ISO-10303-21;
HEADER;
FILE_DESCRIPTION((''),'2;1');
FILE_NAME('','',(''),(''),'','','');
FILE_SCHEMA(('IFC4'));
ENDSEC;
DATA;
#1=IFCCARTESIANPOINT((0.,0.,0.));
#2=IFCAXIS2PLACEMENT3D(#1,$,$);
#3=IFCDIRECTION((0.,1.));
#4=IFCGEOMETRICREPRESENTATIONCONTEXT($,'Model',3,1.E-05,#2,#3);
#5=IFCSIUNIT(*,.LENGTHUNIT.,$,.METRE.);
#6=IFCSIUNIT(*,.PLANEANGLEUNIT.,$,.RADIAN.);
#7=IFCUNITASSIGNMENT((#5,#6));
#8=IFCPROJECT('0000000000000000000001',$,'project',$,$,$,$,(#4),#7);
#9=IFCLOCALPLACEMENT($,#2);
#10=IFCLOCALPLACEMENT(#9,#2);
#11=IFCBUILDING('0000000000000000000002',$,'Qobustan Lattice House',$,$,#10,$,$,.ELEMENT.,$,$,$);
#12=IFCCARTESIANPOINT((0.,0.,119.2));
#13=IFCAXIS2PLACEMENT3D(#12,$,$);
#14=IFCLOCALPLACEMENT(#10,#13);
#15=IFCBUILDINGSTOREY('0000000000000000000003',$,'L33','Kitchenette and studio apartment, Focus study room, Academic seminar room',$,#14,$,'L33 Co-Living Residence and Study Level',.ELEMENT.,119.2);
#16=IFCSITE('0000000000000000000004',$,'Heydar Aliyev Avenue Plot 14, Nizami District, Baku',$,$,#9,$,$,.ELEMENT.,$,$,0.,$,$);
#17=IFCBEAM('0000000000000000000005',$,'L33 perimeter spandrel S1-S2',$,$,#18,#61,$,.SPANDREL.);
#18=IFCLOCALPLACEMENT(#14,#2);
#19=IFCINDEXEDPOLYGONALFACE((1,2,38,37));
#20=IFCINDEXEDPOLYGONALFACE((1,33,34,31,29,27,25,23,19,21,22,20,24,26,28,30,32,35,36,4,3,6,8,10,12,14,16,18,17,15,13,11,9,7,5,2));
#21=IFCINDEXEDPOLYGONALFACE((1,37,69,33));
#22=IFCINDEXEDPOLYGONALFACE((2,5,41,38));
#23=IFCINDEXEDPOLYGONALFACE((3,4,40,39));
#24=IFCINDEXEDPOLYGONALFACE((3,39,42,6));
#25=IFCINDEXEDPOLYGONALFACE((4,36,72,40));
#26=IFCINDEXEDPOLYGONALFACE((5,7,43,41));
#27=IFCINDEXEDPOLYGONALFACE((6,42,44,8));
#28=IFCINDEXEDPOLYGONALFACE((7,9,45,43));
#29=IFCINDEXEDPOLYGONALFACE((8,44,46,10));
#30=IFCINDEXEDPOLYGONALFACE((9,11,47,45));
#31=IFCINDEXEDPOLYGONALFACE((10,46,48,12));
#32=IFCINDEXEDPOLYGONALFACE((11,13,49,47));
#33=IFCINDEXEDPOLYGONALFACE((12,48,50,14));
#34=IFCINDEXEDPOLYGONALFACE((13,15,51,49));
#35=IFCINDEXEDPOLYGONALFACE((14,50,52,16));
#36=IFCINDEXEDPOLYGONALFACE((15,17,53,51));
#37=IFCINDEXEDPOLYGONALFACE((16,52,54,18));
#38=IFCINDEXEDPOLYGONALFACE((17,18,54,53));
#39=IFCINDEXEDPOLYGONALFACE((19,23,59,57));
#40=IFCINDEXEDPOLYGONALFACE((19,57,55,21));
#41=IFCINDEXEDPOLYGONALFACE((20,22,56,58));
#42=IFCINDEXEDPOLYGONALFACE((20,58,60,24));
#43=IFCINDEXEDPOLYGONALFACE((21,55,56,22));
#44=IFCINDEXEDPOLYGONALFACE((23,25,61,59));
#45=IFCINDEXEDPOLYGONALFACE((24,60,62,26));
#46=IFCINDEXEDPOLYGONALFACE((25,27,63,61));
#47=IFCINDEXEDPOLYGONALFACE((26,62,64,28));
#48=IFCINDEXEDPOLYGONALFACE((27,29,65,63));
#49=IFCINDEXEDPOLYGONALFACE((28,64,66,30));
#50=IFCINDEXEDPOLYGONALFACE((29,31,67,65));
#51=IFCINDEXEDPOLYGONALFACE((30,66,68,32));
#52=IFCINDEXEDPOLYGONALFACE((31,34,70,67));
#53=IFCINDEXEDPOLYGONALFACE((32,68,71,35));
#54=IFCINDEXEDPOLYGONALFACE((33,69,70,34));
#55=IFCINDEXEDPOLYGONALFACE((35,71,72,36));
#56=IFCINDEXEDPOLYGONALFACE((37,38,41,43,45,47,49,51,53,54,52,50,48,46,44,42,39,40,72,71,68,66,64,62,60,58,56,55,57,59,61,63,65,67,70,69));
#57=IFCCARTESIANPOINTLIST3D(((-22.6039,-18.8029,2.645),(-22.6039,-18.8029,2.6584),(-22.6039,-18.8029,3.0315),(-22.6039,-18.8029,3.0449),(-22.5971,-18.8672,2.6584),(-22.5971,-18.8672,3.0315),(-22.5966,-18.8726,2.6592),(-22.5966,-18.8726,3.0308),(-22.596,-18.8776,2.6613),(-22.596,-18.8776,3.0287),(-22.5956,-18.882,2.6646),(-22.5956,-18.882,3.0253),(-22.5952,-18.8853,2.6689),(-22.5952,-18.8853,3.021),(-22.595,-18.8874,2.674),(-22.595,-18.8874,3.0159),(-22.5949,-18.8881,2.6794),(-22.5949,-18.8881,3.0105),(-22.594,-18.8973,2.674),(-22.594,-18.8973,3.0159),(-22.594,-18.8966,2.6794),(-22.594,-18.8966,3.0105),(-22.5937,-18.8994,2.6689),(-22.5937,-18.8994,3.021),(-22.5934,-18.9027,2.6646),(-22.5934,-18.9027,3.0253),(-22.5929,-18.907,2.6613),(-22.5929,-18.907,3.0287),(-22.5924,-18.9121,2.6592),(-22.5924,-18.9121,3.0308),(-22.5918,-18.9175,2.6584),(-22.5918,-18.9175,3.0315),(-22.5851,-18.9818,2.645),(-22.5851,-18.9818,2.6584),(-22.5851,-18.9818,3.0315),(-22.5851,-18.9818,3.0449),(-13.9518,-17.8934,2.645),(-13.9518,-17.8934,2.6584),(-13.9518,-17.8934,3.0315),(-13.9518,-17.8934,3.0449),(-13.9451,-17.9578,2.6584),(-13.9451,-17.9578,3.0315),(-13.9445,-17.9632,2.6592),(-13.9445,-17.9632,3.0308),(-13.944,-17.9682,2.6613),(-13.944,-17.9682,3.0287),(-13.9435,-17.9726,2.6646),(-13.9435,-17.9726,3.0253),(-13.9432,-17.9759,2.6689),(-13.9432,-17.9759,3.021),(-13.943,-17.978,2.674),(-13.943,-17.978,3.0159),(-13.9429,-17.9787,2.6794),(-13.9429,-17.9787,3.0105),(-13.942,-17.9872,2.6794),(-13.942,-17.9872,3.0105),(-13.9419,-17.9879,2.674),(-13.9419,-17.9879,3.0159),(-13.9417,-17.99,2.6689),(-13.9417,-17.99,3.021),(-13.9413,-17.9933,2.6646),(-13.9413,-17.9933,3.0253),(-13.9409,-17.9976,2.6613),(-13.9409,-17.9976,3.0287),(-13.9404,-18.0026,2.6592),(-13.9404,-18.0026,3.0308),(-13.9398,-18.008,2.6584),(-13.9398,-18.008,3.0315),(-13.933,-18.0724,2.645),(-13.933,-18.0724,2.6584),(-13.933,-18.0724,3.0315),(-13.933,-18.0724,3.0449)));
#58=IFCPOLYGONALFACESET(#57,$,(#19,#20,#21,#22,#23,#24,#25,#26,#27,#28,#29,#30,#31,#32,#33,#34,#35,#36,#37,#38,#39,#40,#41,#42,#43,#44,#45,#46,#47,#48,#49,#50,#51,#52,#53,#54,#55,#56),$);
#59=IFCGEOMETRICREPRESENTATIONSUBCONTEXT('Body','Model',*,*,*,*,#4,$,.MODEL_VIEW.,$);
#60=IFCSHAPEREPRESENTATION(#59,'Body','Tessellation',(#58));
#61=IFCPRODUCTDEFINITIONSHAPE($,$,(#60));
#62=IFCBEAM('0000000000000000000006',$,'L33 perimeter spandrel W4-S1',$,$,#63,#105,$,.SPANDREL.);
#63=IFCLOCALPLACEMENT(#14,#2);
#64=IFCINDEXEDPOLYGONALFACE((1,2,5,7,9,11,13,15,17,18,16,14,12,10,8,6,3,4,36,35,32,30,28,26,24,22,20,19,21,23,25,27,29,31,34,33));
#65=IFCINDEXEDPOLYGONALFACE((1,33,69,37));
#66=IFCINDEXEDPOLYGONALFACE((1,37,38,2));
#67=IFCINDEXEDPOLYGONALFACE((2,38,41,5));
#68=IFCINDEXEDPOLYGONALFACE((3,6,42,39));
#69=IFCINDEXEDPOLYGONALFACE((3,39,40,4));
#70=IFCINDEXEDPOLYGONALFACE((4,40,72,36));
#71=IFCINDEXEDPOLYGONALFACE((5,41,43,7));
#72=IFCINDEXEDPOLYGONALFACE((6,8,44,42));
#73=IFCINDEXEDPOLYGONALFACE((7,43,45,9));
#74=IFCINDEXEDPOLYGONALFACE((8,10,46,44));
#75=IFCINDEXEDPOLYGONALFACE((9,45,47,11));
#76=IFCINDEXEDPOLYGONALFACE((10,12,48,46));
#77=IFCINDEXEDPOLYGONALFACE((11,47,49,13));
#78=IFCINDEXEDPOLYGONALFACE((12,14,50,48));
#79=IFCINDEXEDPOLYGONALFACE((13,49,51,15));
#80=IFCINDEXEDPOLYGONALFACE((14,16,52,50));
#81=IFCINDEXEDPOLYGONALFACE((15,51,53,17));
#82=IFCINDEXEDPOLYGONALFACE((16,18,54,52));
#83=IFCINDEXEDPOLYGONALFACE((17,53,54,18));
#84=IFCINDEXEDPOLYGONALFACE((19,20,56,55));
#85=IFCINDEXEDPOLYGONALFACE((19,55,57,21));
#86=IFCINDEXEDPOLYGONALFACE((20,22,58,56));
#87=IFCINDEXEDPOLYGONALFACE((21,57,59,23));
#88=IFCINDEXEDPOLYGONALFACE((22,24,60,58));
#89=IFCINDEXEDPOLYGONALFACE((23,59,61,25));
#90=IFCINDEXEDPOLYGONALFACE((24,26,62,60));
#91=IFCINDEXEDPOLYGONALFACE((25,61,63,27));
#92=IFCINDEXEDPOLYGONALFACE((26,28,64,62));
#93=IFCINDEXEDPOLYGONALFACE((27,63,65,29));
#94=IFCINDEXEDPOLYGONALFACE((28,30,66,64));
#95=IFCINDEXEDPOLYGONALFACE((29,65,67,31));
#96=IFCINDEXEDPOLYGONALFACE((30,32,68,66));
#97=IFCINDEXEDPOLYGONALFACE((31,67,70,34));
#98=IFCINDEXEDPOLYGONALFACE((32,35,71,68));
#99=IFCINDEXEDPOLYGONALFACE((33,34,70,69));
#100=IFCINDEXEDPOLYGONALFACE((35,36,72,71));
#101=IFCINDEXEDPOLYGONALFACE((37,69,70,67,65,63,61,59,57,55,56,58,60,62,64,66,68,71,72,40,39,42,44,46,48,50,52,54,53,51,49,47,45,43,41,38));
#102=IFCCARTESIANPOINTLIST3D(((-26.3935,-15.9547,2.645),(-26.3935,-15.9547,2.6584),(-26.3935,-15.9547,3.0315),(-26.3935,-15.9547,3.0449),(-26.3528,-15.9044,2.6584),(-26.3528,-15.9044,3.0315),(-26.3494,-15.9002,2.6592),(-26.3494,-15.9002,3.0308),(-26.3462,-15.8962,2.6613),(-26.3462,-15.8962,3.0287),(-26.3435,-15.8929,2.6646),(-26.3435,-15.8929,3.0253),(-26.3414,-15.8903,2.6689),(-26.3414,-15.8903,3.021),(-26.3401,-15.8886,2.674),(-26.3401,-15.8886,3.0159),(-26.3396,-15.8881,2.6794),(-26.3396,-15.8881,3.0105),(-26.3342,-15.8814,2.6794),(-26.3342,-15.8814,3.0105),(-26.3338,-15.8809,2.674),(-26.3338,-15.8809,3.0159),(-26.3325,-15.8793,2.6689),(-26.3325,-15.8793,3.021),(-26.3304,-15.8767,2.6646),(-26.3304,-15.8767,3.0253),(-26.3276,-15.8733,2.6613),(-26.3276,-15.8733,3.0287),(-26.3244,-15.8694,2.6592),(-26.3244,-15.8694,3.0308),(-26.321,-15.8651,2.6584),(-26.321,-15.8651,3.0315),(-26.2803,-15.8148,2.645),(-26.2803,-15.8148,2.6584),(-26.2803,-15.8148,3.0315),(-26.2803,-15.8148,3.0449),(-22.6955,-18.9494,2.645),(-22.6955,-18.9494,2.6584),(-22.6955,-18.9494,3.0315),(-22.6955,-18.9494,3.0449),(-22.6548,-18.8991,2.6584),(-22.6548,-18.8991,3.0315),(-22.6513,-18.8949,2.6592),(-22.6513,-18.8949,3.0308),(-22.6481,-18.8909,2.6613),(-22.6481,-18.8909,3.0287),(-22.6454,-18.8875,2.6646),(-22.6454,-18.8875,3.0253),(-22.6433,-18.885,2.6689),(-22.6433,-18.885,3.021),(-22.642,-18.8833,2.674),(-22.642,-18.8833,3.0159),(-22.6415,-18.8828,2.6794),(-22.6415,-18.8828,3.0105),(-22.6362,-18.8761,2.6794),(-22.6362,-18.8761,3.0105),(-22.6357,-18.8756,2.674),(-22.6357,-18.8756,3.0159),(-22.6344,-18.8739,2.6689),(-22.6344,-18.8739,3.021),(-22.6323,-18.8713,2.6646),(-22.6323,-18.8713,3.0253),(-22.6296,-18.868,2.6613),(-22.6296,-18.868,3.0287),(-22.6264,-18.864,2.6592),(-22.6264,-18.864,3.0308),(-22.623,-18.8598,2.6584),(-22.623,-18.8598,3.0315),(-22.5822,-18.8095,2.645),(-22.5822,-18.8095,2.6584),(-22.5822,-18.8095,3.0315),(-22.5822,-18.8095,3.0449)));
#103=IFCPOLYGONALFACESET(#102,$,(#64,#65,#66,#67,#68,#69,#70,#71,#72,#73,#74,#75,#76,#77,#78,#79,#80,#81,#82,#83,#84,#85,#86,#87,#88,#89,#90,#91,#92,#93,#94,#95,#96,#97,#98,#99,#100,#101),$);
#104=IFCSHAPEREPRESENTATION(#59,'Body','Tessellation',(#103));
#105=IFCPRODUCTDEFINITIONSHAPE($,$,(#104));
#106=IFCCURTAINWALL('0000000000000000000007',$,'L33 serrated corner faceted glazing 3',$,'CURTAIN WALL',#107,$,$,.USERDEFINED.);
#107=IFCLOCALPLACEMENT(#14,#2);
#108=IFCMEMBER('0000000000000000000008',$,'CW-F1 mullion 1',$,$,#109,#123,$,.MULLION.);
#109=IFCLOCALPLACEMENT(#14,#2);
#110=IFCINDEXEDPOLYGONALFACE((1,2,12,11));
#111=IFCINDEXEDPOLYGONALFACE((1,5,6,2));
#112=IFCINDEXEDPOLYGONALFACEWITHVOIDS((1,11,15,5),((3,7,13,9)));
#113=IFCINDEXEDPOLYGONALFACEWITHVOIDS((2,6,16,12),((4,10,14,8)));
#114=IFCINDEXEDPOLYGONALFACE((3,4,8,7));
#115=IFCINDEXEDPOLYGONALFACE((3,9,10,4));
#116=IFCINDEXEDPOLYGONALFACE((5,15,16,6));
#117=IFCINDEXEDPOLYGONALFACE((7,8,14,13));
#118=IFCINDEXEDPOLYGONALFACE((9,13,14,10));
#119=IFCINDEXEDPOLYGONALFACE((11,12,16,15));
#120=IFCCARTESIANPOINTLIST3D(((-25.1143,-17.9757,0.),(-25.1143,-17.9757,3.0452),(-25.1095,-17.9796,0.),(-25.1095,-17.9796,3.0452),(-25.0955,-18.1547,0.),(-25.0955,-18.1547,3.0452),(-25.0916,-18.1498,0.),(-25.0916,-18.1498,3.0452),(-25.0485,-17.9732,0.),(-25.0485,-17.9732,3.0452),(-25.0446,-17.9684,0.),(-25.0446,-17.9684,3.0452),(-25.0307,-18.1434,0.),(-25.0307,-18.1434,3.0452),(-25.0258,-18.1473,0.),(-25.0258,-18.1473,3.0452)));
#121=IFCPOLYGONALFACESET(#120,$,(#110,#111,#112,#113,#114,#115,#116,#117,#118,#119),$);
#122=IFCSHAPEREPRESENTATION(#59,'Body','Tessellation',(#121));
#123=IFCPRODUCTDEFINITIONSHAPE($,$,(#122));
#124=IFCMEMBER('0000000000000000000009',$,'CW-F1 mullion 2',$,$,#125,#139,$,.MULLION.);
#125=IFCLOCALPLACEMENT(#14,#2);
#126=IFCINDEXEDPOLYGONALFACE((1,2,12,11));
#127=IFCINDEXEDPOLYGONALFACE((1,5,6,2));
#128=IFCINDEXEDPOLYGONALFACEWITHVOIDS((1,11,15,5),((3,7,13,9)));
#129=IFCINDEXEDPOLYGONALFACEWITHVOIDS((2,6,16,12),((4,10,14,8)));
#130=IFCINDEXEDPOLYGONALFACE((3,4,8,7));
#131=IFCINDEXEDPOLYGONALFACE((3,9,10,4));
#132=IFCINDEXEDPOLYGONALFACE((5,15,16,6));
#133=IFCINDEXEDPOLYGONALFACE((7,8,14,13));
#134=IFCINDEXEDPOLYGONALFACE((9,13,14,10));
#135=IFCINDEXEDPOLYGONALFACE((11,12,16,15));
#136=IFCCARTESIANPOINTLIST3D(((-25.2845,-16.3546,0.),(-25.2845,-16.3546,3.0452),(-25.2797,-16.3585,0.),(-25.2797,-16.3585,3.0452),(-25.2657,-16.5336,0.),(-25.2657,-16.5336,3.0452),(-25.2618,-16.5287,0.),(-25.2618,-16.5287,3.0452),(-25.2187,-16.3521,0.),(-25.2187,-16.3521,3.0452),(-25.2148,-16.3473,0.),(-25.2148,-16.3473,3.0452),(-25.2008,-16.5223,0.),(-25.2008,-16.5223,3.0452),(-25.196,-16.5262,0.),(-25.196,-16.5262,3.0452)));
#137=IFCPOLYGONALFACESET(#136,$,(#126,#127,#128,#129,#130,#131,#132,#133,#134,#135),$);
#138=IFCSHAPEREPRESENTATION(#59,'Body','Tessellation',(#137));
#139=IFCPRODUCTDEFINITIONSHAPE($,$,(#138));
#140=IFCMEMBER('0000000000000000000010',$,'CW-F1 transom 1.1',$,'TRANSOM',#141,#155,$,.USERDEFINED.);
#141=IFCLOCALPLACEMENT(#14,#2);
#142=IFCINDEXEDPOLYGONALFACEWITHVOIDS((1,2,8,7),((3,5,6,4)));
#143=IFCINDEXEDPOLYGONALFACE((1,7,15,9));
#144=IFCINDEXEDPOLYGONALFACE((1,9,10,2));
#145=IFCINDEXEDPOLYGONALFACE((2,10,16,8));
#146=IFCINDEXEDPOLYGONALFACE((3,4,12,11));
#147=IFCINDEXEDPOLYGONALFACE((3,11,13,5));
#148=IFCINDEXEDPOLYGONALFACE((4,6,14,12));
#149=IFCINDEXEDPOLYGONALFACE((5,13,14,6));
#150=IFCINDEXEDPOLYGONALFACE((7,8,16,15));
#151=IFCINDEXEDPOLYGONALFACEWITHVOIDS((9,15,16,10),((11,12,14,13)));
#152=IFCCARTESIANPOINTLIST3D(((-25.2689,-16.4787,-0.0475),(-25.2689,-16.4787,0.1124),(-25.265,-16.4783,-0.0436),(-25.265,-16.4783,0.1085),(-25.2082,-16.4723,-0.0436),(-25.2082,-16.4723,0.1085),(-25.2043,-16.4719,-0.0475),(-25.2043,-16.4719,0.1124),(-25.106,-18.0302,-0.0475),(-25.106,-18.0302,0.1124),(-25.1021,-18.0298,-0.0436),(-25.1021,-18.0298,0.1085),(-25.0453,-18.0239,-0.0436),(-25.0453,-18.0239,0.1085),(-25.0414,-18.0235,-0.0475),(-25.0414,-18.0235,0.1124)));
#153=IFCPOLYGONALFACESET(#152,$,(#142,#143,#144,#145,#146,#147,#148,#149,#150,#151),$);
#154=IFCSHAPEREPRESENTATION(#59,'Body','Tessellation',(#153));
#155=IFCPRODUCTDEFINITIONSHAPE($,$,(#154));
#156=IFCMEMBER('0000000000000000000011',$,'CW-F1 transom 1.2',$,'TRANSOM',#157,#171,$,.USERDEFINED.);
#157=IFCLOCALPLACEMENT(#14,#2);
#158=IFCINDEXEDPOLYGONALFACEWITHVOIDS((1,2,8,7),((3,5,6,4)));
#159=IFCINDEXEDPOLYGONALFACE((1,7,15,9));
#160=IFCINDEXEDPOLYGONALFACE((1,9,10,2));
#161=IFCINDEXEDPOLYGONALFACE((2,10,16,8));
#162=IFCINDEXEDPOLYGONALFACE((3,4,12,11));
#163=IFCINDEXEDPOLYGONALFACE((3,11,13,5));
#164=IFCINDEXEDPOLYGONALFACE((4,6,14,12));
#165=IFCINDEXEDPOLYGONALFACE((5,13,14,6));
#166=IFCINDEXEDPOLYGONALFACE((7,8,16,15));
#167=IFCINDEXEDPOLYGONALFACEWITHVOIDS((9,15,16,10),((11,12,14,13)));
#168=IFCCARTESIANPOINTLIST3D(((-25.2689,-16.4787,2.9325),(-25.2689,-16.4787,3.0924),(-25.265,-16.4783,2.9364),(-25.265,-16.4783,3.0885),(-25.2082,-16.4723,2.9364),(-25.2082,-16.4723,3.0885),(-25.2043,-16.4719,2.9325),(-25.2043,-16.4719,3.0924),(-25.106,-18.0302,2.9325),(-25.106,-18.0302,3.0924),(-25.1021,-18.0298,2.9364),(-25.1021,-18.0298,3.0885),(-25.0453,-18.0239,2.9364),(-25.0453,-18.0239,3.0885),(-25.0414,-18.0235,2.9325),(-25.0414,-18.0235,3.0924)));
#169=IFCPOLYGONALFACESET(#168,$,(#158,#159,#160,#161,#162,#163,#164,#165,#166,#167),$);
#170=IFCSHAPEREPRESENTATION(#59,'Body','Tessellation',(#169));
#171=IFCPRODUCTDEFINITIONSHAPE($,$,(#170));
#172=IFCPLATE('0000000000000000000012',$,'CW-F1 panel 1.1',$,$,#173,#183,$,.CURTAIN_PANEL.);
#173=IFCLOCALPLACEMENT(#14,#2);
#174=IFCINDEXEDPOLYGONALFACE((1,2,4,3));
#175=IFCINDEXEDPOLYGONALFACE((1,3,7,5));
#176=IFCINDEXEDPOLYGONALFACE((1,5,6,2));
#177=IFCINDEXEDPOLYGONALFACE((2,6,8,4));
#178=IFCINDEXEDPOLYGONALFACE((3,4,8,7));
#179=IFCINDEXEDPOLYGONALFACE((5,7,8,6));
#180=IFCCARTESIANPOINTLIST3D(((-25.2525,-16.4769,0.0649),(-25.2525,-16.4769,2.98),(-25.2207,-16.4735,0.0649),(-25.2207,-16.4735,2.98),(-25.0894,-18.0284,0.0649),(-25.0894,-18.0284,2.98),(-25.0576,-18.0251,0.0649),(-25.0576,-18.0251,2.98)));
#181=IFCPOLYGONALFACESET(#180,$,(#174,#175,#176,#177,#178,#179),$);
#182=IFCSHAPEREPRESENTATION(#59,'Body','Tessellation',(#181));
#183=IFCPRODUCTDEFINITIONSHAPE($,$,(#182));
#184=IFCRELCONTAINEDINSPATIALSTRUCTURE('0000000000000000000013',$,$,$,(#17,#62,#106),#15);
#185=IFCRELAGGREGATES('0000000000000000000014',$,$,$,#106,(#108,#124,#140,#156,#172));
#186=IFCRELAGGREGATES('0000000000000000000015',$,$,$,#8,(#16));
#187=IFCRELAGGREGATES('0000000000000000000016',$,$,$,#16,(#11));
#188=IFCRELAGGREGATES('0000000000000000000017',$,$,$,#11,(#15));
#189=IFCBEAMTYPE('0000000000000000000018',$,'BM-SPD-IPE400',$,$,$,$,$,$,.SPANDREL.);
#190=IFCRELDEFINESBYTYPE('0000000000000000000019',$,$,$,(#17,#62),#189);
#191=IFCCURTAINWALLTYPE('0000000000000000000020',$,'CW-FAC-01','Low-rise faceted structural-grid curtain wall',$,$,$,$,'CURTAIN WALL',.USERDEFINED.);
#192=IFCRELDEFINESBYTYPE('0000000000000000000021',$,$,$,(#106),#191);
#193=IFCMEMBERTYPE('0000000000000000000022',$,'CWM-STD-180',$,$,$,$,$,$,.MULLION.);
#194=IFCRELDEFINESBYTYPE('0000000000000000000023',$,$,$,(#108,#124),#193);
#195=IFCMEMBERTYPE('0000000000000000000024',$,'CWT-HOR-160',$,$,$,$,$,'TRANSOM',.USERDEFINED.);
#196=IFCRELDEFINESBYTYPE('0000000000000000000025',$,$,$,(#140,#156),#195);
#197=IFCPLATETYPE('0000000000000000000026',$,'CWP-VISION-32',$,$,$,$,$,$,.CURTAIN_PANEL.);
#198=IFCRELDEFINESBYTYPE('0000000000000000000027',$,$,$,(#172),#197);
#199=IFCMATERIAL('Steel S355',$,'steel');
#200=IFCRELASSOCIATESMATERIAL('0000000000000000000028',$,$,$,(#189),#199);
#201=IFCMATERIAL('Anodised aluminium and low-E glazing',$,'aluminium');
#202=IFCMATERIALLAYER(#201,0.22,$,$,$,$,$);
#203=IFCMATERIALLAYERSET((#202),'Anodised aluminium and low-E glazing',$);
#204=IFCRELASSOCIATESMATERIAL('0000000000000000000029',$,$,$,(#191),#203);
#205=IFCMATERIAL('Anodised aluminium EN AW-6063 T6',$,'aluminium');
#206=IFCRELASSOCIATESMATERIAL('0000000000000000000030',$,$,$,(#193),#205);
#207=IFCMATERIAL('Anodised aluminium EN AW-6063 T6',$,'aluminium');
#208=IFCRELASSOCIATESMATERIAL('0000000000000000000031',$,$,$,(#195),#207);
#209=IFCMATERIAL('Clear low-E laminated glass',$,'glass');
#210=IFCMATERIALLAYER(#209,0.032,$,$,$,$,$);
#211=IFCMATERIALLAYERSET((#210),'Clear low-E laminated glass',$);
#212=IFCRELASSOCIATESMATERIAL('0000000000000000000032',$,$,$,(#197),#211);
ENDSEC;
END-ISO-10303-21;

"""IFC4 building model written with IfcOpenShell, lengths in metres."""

from ifc_helpers import new_model, si_unit, direction, frame, origin, origin_2d, place, context, subcontext, project, spatial, rectangle, hollow_rectangle, i_section, extrude, material, layer, layer_set, material_profile, profile_set, type_object, element, aggregate, save


model = new_model("IFC4")

# Units and contexts
model_context = context("Model", 3, precision=1e-05, world=origin(), true_north=direction((0.0, 1.0)))
body_context = subcontext(model_context, "Body", "Model", "MODEL_VIEW")
ifc_project = project(units=[si_unit("LENGTHUNIT", "METRE"), si_unit("PLANEANGLEUNIT", "RADIAN")], contexts=[model_context])

# Site, building, storey
site_placement = place(None, origin())
site = spatial("IfcSite", under=ifc_project, at=site_placement, Name="Heydar Aliyev Avenue Plot 14, Nizami District, Baku", CompositionType="ELEMENT", RefElevation=0.0)
building_placement = place(site_placement, origin())
building = spatial("IfcBuilding", under=site, at=building_placement, Name="Qobustan Lattice House", CompositionType="ELEMENT")
storey_placement = place(building_placement, frame((0.0, 0.0, 119.2)))
storey = spatial("IfcBuildingStorey", under=building, at=storey_placement, Name="L33", Description="Kitchenette and studio apartment, Focus study room, Academic seminar room", LongName="L33 Co-Living Residence and Study Level", CompositionType="ELEMENT", Elevation=119.2)

# Beams
ifc_material_1 = material(Name="Steel S355", Category="steel")
ifc_material_profile_1 = material_profile(ifc_material_1, i_section(OverallWidth=0.1799, OverallDepth=0.3999, WebThickness=0.0085, FlangeThickness=0.0134, FilletRadius=0.021, at=origin_2d()), Name="IPE400")
ifc_profile_set_1 = profile_set([ifc_material_profile_1], Name="Steel S355")
beam_type_1 = type_object("IfcBeamType", Name="BM-SPD-IPE400", PredefinedType="SPANDREL", material=ifc_profile_set_1)
beam_1_placement = place(storey_placement, frame((-22.5945, -18.8923, 2.845), z_axis=(0.994521, 0.104534, 0.0), x_axis=(-0.104534, 0.994521, 0.0)))
element("IfcBeam", 1, at=beam_1_placement, inside=storey, type_object=beam_type_1, Name="L33 perimeter spandrel S1-S2", PredefinedType="SPANDREL", context=body_context, shape_type="SweptSolid", body=[
    extrude(i_section(OverallWidth=0.1799, OverallDepth=0.3999, WebThickness=0.0085, FlangeThickness=0.0134, FilletRadius=0.021, at=origin_2d()), origin(), (0.0, 0.0, 1.0), 8.6997),
])
beam_2_placement = place(storey_placement, frame((-26.3369, -15.8848, 2.845), z_axis=(0.777141, -0.629327, 0.0), x_axis=(0.629327, 0.777141, 0.0)))
element("IfcBeam", 2, at=beam_2_placement, inside=storey, type_object=beam_type_1, Name="L33 perimeter spandrel W4-S1", PredefinedType="SPANDREL", context=body_context, shape_type="SweptSolid", body=[
    extrude(i_section(OverallWidth=0.1799, OverallDepth=0.3999, WebThickness=0.0085, FlangeThickness=0.0134, FilletRadius=0.021, at=origin_2d()), origin(), (0.0, 0.0, 1.0), 4.7585),
])

# Curtain wall, members, plate
ifc_material_2 = material(Name="Anodised aluminium and low-E glazing", Category="aluminium")
ifc_layer_1 = layer(ifc_material_2, 0.22)
ifc_layer_set_1 = layer_set([ifc_layer_1], Name="Anodised aluminium and low-E glazing")
curtain_wall_type = type_object("IfcCurtainWallType", Name="CW-FAC-01", Description="Low-rise faceted structural-grid curtain wall", ElementType="CURTAIN WALL", PredefinedType="USERDEFINED", material=ifc_layer_set_1)
curtain_wall_placement = place(storey_placement, origin())
curtain_wall = element("IfcCurtainWall", 3, at=curtain_wall_placement, inside=storey, type_object=curtain_wall_type, Name="L33 serrated corner faceted glazing 3", ObjectType="CURTAIN WALL", PredefinedType="USERDEFINED")
ifc_material_3 = material(Name="Anodised aluminium EN AW-6063 T6", Category="aluminium")
ifc_material_profile_2 = material_profile(ifc_material_3, hollow_rectangle(XDim=0.0701, YDim=0.1799, WallThickness=0.0044, at=origin_2d()), Name="CWM-180x70")
ifc_profile_set_2 = profile_set([ifc_material_profile_2], Name="Anodised aluminium EN AW-6063 T6")
member_type_1 = type_object("IfcMemberType", Name="CWM-STD-180", PredefinedType="MULLION", material=ifc_profile_set_2)
member_1_placement = place(storey_placement, frame((-25.0701, -18.0615, 0.0), z_axis=(0.0, 0.0, 1.0), x_axis=(-0.994522, -0.104529, 0.0)))
member_1 = element("IfcMember", 4, at=member_1_placement, type_object=member_type_1, Name="CW-F1 mullion 1", PredefinedType="MULLION", context=body_context, shape_type="SweptSolid", body=[
    extrude(hollow_rectangle(XDim=0.0701, YDim=0.1799, WallThickness=0.0044, at=origin_2d()), origin(), (0.0, 0.0, 1.0), 3.0452),
])
member_2_placement = place(storey_placement, frame((-25.2402, -16.4404, 0.0), z_axis=(0.0, 0.0, 1.0), x_axis=(-0.994522, -0.104529, 0.0)))
member_2 = element("IfcMember", 5, at=member_2_placement, type_object=member_type_1, Name="CW-F1 mullion 2", PredefinedType="MULLION", context=body_context, shape_type="SweptSolid", body=[
    extrude(hollow_rectangle(XDim=0.0701, YDim=0.1799, WallThickness=0.0044, at=origin_2d()), origin(), (0.0, 0.0, 1.0), 3.0452),
])
ifc_material_4 = material(Name="Anodised aluminium EN AW-6063 T6", Category="aluminium")
ifc_material_profile_3 = material_profile(ifc_material_4, hollow_rectangle(XDim=0.0649, YDim=0.1599, WallThickness=0.0039, at=origin_2d()), Name="CWT-160x65")
ifc_profile_set_3 = profile_set([ifc_material_profile_3], Name="Anodised aluminium EN AW-6063 T6")
member_type_2 = type_object("IfcMemberType", Name="CWT-HOR-160", ElementType="TRANSOM", PredefinedType="USERDEFINED", material=ifc_profile_set_3)
member_3_placement = place(storey_placement, frame((-25.0737, -18.0269, 0.0325), z_axis=(-0.104383, 0.994537, 0.0), x_axis=(-0.994537, -0.104383, 0.0)))
member_3 = element("IfcMember", 6, at=member_3_placement, type_object=member_type_2, Name="CW-F1 transom 1.1", ObjectType="TRANSOM", PredefinedType="USERDEFINED", context=body_context, shape_type="SweptSolid", body=[
    extrude(hollow_rectangle(XDim=0.0649, YDim=0.1599, WallThickness=0.0039, at=origin_2d()), origin(), (0.0, 0.0, 1.0), 1.5601),
])
member_4_placement = place(storey_placement, frame((-25.0737, -18.0269, 3.0125), z_axis=(-0.104383, 0.994537, 0.0), x_axis=(-0.994537, -0.104383, 0.0)))
member_4 = element("IfcMember", 7, at=member_4_placement, type_object=member_type_2, Name="CW-F1 transom 1.2", ObjectType="TRANSOM", PredefinedType="USERDEFINED", context=body_context, shape_type="SweptSolid", body=[
    extrude(hollow_rectangle(XDim=0.0649, YDim=0.1599, WallThickness=0.0039, at=origin_2d()), origin(), (0.0, 0.0, 1.0), 1.5601),
])
ifc_material_5 = material(Name="Clear low-E laminated glass", Category="glass")
ifc_layer_2 = layer(ifc_material_5, 0.032)
ifc_layer_set_2 = layer_set([ifc_layer_2], Name="Clear low-E laminated glass")
plate_type = type_object("IfcPlateType", Name="CWP-VISION-32", PredefinedType="CURTAIN_PANEL", material=ifc_layer_set_2)
plate_placement = place(storey_placement, frame((-25.155, -17.251, 0.0649), z_axis=(0.0, 0.0, 1.0), x_axis=(-0.104529, 0.994522, 0.0)))
plate = element("IfcPlate", 8, at=plate_placement, type_object=plate_type, Name="CW-F1 panel 1.1", PredefinedType="CURTAIN_PANEL", context=body_context, shape_type="SweptSolid", body=[
    extrude(rectangle(XDim=1.5601, YDim=0.032, at=origin_2d()), origin(), (0.0, 0.0, 1.0), 2.915),
])
aggregate(curtain_wall, [member_1, member_2, member_3, member_4, plate])

save(model, "model.ifc")
